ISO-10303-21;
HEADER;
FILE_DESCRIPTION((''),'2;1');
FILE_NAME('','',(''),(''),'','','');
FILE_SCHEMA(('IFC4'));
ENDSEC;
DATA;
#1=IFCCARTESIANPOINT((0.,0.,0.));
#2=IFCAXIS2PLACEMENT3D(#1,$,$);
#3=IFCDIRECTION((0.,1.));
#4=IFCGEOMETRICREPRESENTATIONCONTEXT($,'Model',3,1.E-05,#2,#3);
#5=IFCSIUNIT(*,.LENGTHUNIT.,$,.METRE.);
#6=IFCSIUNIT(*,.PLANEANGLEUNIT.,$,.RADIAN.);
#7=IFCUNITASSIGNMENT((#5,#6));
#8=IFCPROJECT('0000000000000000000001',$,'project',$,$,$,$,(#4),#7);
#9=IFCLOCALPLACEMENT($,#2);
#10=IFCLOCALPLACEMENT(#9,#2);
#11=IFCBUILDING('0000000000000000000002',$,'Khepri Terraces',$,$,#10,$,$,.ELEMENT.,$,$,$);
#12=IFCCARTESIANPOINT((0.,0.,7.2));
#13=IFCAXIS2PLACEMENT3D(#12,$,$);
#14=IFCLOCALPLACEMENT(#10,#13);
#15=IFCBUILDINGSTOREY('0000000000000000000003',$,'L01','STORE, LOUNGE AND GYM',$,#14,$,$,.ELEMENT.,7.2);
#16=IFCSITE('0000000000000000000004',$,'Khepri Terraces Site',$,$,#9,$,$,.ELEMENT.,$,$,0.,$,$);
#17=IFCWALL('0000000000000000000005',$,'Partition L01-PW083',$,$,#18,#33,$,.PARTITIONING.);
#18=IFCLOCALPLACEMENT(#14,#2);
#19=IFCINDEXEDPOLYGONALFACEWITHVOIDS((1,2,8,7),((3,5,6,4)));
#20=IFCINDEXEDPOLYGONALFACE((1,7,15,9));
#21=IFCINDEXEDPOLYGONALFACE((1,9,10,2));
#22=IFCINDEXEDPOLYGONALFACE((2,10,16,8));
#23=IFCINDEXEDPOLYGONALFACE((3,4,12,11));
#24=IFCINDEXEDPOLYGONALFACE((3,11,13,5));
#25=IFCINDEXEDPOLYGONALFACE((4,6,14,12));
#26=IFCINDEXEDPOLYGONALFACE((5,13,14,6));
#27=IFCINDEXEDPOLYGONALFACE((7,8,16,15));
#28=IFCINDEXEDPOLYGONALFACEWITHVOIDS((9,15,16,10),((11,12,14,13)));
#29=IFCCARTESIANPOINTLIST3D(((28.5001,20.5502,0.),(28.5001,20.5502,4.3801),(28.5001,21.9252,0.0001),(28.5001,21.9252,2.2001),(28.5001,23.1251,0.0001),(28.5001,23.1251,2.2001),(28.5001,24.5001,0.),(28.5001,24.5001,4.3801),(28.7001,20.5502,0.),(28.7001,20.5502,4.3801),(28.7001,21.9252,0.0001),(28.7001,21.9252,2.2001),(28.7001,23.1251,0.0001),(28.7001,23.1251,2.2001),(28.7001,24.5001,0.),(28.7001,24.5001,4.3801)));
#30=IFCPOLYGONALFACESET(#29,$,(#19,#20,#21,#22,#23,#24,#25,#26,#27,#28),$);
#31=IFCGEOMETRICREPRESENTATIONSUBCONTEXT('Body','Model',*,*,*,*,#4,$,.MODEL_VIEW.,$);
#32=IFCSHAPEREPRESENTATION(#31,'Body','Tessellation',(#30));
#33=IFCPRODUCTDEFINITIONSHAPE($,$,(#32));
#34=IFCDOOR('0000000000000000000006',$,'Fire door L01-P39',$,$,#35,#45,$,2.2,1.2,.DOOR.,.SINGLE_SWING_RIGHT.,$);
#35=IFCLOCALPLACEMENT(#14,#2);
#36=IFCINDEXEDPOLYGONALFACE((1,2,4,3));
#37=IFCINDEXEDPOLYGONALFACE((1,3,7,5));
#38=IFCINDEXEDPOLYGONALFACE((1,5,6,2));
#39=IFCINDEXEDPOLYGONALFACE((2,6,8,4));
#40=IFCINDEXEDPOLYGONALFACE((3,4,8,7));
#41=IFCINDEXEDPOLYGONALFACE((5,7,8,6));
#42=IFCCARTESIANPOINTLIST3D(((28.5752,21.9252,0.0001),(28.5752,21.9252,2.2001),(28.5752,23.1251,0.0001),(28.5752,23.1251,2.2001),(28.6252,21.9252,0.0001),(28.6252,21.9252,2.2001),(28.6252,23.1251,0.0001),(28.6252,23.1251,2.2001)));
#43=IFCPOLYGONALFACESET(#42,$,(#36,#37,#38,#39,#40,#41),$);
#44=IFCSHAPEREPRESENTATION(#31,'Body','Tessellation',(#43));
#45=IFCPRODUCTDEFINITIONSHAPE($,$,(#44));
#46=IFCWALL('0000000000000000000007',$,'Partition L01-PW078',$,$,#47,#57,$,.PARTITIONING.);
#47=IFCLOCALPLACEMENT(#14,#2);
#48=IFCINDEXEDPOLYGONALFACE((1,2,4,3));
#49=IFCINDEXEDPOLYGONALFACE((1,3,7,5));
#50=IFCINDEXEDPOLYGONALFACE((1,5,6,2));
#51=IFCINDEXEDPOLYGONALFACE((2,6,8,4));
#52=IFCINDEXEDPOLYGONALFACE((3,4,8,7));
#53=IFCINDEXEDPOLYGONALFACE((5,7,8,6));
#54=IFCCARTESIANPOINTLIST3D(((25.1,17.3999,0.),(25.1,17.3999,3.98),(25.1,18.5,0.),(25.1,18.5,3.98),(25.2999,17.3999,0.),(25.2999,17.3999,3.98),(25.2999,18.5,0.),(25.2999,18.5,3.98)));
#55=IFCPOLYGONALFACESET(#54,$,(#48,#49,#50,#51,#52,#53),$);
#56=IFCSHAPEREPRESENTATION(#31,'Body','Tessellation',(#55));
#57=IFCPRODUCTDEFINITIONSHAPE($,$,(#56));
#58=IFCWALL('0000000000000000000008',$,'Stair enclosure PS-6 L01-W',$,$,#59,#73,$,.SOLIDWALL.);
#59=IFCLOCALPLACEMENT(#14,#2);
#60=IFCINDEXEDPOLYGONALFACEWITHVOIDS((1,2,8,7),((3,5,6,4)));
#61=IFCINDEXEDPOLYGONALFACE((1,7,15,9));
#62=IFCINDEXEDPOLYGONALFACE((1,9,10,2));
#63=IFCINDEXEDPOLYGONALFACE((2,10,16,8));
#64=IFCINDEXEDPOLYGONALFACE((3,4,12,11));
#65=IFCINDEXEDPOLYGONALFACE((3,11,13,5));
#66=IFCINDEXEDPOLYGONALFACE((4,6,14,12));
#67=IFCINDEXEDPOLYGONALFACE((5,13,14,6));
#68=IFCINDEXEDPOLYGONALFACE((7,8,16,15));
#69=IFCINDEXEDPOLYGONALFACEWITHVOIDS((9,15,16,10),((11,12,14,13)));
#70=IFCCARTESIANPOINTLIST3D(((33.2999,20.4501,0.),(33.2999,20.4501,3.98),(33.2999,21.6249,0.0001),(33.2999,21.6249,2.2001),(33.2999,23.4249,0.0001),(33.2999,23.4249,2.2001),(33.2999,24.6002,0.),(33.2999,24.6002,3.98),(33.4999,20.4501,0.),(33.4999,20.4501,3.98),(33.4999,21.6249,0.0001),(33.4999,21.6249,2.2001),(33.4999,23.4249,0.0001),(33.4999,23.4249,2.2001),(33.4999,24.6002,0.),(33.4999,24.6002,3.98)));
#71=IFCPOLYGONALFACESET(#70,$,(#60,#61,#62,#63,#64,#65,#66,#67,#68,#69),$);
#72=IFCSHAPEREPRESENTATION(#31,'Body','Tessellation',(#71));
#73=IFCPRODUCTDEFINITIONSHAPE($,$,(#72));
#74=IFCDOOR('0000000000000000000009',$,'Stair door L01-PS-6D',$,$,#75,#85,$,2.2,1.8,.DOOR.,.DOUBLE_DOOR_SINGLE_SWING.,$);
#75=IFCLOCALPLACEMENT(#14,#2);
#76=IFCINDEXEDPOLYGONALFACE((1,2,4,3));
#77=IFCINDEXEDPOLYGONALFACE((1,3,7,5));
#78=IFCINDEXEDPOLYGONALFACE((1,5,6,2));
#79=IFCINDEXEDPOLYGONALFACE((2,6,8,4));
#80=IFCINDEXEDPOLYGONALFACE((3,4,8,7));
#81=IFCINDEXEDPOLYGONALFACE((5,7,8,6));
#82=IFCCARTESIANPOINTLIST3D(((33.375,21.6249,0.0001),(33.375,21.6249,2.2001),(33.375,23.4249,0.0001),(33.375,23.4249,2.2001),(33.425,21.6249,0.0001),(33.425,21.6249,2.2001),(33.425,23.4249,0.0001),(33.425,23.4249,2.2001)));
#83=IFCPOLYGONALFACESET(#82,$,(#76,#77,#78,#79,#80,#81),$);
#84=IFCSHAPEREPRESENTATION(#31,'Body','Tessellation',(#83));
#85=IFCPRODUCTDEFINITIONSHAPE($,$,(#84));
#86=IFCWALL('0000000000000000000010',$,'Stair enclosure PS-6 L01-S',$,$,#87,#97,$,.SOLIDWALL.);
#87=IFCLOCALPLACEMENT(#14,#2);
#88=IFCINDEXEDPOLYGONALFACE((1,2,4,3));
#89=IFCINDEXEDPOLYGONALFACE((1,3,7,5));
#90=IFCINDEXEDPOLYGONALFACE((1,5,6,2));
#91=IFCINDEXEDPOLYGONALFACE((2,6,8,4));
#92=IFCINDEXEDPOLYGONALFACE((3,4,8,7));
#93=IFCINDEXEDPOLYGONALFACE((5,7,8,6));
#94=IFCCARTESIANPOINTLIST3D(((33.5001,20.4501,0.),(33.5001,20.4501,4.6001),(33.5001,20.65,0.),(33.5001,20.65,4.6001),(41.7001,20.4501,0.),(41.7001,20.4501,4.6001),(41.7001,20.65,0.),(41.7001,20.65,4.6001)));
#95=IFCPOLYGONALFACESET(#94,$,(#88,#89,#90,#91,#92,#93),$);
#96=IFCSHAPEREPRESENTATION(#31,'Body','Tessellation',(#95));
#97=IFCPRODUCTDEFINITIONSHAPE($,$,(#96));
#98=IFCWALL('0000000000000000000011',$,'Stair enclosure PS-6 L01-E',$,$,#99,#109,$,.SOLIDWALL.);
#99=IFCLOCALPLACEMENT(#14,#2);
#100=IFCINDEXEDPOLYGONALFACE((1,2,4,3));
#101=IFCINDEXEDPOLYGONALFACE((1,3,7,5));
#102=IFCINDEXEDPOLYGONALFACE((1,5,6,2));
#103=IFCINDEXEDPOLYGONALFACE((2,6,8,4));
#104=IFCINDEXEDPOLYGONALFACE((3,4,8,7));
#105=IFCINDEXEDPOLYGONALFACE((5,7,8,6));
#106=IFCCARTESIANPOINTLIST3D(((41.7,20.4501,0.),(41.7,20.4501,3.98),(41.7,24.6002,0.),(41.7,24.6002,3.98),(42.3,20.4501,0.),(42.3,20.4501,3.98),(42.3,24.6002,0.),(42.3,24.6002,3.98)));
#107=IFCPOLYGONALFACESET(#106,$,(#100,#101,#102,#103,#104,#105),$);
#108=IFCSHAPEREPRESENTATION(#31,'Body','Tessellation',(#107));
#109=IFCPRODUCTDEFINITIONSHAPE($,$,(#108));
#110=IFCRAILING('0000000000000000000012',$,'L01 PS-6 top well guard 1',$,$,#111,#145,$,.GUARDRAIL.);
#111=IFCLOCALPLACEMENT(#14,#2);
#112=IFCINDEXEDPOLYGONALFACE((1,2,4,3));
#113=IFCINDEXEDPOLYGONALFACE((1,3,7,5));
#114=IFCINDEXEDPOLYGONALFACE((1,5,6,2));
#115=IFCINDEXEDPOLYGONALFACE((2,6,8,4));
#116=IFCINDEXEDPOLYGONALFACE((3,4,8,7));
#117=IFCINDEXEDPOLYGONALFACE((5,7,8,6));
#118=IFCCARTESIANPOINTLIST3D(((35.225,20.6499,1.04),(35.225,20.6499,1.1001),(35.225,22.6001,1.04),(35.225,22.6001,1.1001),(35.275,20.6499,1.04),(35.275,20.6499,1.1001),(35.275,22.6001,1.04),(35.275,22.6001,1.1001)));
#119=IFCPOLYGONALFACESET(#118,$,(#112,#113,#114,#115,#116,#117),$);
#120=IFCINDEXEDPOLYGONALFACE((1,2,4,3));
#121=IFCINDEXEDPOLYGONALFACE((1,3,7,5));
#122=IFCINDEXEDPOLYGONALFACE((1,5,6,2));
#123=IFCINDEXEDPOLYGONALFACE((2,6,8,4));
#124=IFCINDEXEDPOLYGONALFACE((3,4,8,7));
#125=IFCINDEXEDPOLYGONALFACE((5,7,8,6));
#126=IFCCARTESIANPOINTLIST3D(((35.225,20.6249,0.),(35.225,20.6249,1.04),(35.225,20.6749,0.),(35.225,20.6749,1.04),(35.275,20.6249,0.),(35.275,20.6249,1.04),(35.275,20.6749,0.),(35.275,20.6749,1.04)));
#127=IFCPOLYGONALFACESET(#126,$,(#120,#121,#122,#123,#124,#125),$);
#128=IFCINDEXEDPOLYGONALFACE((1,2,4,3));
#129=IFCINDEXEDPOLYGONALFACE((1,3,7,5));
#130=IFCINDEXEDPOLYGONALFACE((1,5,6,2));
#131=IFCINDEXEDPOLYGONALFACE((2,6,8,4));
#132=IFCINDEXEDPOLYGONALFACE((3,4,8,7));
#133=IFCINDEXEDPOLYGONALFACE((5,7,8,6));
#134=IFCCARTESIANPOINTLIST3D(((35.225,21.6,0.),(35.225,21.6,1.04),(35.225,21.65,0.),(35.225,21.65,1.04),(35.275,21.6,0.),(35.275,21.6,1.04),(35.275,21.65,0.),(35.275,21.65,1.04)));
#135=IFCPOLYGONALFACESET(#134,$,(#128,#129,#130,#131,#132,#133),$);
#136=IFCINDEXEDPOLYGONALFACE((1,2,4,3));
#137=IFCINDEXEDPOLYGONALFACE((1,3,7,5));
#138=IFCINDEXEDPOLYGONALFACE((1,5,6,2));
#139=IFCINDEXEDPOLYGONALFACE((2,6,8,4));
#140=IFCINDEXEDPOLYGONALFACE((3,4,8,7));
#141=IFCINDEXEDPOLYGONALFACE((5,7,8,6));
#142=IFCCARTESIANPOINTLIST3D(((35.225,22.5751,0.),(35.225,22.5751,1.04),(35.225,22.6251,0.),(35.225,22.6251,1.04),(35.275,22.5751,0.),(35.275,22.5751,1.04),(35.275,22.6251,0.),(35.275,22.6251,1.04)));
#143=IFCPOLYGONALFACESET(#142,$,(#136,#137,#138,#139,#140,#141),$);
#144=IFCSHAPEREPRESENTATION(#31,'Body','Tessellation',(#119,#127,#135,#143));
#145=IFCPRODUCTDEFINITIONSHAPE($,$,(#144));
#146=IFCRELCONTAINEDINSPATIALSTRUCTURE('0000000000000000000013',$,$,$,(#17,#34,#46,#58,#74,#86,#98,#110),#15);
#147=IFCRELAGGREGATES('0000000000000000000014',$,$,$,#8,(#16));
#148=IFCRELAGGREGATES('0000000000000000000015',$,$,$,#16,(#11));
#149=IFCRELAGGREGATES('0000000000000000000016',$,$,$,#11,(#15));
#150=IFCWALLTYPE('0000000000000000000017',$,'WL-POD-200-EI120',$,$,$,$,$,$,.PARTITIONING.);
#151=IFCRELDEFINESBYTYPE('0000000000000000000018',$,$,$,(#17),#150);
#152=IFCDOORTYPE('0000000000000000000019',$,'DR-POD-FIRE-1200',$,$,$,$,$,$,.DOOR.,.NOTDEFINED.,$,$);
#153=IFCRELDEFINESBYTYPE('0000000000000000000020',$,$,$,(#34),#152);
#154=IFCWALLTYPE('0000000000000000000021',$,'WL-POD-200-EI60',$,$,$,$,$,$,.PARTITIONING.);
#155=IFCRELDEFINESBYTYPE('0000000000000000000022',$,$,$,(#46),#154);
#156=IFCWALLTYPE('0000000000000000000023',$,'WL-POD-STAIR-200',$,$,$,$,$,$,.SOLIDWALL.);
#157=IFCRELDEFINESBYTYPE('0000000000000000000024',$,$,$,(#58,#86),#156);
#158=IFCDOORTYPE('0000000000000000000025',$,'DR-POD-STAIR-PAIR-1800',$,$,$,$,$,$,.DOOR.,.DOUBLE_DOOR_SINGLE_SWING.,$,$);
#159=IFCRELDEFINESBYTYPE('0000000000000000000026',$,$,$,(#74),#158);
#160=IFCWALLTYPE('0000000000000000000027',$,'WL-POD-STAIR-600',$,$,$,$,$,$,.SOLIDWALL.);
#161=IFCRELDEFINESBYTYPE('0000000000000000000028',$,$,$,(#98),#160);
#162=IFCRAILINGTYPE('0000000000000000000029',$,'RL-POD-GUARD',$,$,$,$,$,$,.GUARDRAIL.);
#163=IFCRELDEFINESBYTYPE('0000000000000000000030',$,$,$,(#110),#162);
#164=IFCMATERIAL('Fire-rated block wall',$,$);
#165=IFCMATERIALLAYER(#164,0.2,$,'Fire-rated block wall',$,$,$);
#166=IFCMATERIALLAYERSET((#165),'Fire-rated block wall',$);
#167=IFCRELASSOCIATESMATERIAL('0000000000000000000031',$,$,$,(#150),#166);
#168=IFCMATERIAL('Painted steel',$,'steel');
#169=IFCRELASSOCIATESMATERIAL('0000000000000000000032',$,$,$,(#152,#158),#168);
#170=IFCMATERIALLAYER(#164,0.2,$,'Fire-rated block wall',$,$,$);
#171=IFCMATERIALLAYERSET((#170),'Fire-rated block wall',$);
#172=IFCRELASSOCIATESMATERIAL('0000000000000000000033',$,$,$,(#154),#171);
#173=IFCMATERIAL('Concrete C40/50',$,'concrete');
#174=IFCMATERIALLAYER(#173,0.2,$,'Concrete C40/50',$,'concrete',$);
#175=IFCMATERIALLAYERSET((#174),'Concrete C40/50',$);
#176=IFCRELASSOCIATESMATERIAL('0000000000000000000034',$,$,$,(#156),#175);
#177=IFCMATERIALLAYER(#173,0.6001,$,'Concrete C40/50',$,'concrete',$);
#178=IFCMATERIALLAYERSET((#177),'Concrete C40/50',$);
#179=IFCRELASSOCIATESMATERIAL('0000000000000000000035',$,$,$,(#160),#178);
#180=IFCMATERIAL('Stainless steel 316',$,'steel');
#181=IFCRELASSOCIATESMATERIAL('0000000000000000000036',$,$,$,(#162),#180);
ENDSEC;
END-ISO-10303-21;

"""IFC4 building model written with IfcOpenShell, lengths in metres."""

from ifc_helpers import new_model, si_unit, direction, frame, frame_2d, origin, origin_2d, place, context, subcontext, project, spatial, rectangle, extrude, material, layer, layer_set, type_object, element, fill, save


model = new_model("IFC4")

# Units and contexts
model_context = context("Model", 3, precision=1e-05, world=origin(), true_north=direction((0.0, 1.0)))
body_context = subcontext(model_context, "Body", "Model", "MODEL_VIEW")
ifc_project = project(units=[si_unit("LENGTHUNIT", "METRE"), si_unit("PLANEANGLEUNIT", "RADIAN")], contexts=[model_context])

# Site, building, storey
site_placement = place(None, origin())
site = spatial("IfcSite", under=ifc_project, at=site_placement, Name="Khepri Terraces Site", CompositionType="ELEMENT", RefElevation=0.0)
building_placement = place(site_placement, origin())
building = spatial("IfcBuilding", under=site, at=building_placement, Name="Khepri Terraces", CompositionType="ELEMENT")
storey_placement = place(building_placement, frame((0.0, 0.0, 7.2)))
storey = spatial("IfcBuildingStorey", under=building, at=storey_placement, Name="L01", Description="STORE, LOUNGE AND GYM", CompositionType="ELEMENT", Elevation=7.2)

# Shared definitions
ifc_material_1 = material(Name="Fire-rated block wall")
ifc_layer_1 = layer(ifc_material_1, 0.2, Name="Fire-rated block wall")
ifc_layer_set_1 = layer_set([ifc_layer_1], Name="Fire-rated block wall")
wall_type_1 = type_object("IfcWallType", Name="WL-POD-200-EI120", PredefinedType="PARTITIONING", material=ifc_layer_set_1)

# Wall, opening, door
wall_1_placement = place(storey_placement, frame((28.6001, 20.55, 0.0), z_axis=(0.0, 0.0, 1.0), x_axis=(0.0, 1.0, 0.0)))
wall_1 = element("IfcWall", 1, at=wall_1_placement, inside=storey, type_object=wall_type_1, Name="Partition L01-PW083", PredefinedType="PARTITIONING", context=body_context, shape_type="SweptSolid", body=[
    extrude(rectangle(XDim=3.95, YDim=0.2, at=frame_2d((1.9751, 0.0))), origin(), (0.0, 0.0, 1.0), 4.3801),
])
opening_1_placement = place(wall_1_placement, frame((1.375, 0.0, 0.0)))
opening_1 = element("IfcOpeningElement", 2, at=opening_1_placement, cuts=wall_1, PredefinedType="OPENING", context=body_context, shape_type="SweptSolid", body=[
    extrude(rectangle(XDim=1.2, YDim=2.2, at=frame_2d((0.6001, 1.1001))), frame((0.0, 0.1099, 0.0), z_axis=(0.0, -1.0, 0.0), x_axis=(1.0, 0.0, 0.0)), (0.0, 0.0, 1.0), 0.22),
])
ifc_material_2 = material(Name="Painted steel", Category="steel")
door_type_1 = type_object("IfcDoorType", Name="DR-POD-FIRE-1200", OperationType="NOTDEFINED", PredefinedType="DOOR", material=ifc_material_2)
door_1_placement = place(opening_1_placement, origin())
door_1 = element("IfcDoor", 3, at=door_1_placement, inside=storey, type_object=door_type_1, Name="Fire door L01-P39", OperationType="SINGLE_SWING_RIGHT", OverallHeight=2.2, OverallWidth=1.2, PredefinedType="DOOR", context=body_context, shape_type="SweptSolid", body=[
    extrude(rectangle(XDim=1.2, YDim=2.2, at=frame_2d((0.6001, 1.1001))), frame((0.0, 0.0249, 0.0), z_axis=(0.0, -1.0, 0.0), x_axis=(1.0, 0.0, 0.0)), (0.0, 0.0, 1.0), 0.05),
])
fill(opening_1, door_1)

# Wall
ifc_layer_2 = layer(ifc_material_1, 0.2, Name="Fire-rated block wall")
ifc_layer_set_2 = layer_set([ifc_layer_2], Name="Fire-rated block wall")
wall_type_2 = type_object("IfcWallType", Name="WL-POD-200-EI60", PredefinedType="PARTITIONING", material=ifc_layer_set_2)
wall_2_placement = place(storey_placement, frame((25.2, 17.3999, 0.0), z_axis=(0.0, 0.0, 1.0), x_axis=(0.0, 1.0, 0.0)))
element("IfcWall", 4, at=wall_2_placement, inside=storey, type_object=wall_type_2, Name="Partition L01-PW078", PredefinedType="PARTITIONING", context=body_context, shape_type="SweptSolid", body=[
    extrude(rectangle(XDim=1.1001, YDim=0.2, at=frame_2d((0.55, 0.0))), origin(), (0.0, 0.0, 1.0), 3.98),
])

# Wall, opening, door
ifc_material_3 = material(Name="Concrete C40/50", Category="concrete")
ifc_layer_3 = layer(ifc_material_3, 0.2, Name="Concrete C40/50", Category="concrete")
ifc_layer_set_3 = layer_set([ifc_layer_3], Name="Concrete C40/50")
wall_type_3 = type_object("IfcWallType", Name="WL-POD-STAIR-200", PredefinedType="SOLIDWALL", material=ifc_layer_set_3)
wall_3_placement = place(storey_placement, frame((33.3999, 20.45, 0.0), z_axis=(0.0, 0.0, 1.0), x_axis=(0.0, 1.0, 0.0)))
wall_3 = element("IfcWall", 5, at=wall_3_placement, inside=storey, type_object=wall_type_3, Name="Stair enclosure PS-6 L01-W", PredefinedType="SOLIDWALL", context=body_context, shape_type="SweptSolid", body=[
    extrude(rectangle(XDim=4.1501, YDim=0.2, at=frame_2d((2.0752, 0.0))), origin(), (0.0, 0.0, 1.0), 3.98),
])
opening_2_placement = place(wall_3_placement, frame((1.175, 0.0, 0.0)))
opening_2 = element("IfcOpeningElement", 6, at=opening_2_placement, cuts=wall_3, PredefinedType="OPENING", context=body_context, shape_type="SweptSolid", body=[
    extrude(rectangle(XDim=1.8, YDim=2.2, at=frame_2d((0.8999, 1.1001))), frame((0.0, 0.1099, 0.0), z_axis=(0.0, -1.0, 0.0), x_axis=(1.0, 0.0, 0.0)), (0.0, 0.0, 1.0), 0.22),
])
door_type_2 = type_object("IfcDoorType", Name="DR-POD-STAIR-PAIR-1800", OperationType="DOUBLE_DOOR_SINGLE_SWING", PredefinedType="DOOR", material=ifc_material_2)
door_2_placement = place(opening_2_placement, origin())
door_2 = element("IfcDoor", 7, at=door_2_placement, inside=storey, type_object=door_type_2, Name="Stair door L01-PS-6D", OperationType="DOUBLE_DOOR_SINGLE_SWING", OverallHeight=2.2, OverallWidth=1.8, PredefinedType="DOOR", context=body_context, shape_type="SweptSolid", body=[
    extrude(rectangle(XDim=1.8, YDim=2.2, at=frame_2d((0.8999, 1.1001))), frame((0.0, 0.0249, 0.0), z_axis=(0.0, -1.0, 0.0), x_axis=(1.0, 0.0, 0.0)), (0.0, 0.0, 1.0), 0.05),
])
fill(opening_2, door_2)

# Walls
wall_4_placement = place(storey_placement, frame((33.5, 20.55, 0.0), z_axis=(0.0, 0.0, 1.0), x_axis=(1.0, 0.0, 0.0)))
element("IfcWall", 8, at=wall_4_placement, inside=storey, type_object=wall_type_3, Name="Stair enclosure PS-6 L01-S", PredefinedType="SOLIDWALL", context=body_context, shape_type="SweptSolid", body=[
    extrude(rectangle(XDim=8.2, YDim=0.2, at=frame_2d((4.1001, 0.0))), origin(), (0.0, 0.0, 1.0), 4.6001),
])
ifc_layer_4 = layer(ifc_material_3, 0.6001, Name="Concrete C40/50", Category="concrete")
ifc_layer_set_4 = layer_set([ifc_layer_4], Name="Concrete C40/50")
wall_type_4 = type_object("IfcWallType", Name="WL-POD-STAIR-600", PredefinedType="SOLIDWALL", material=ifc_layer_set_4)
wall_5_placement = place(storey_placement, frame((42.0, 20.45, 0.0), z_axis=(0.0, 0.0, 1.0), x_axis=(0.0, 1.0, 0.0)))
element("IfcWall", 9, at=wall_5_placement, inside=storey, type_object=wall_type_4, Name="Stair enclosure PS-6 L01-E", PredefinedType="SOLIDWALL", context=body_context, shape_type="SweptSolid", body=[
    extrude(rectangle(XDim=4.1501, YDim=0.6001, at=frame_2d((2.0752, 0.0))), origin(), (0.0, 0.0, 1.0), 3.98),
])

# Railing
ifc_material_4 = material(Name="Stainless steel 316", Category="steel")
railing_type = type_object("IfcRailingType", Name="RL-POD-GUARD", PredefinedType="GUARDRAIL", material=ifc_material_4)
railing_placement = place(storey_placement, frame((35.25, 20.6499, 0.0)))
element("IfcRailing", 10, at=railing_placement, inside=storey, type_object=railing_type, Name="L01 PS-6 top well guard 1", PredefinedType="GUARDRAIL", context=body_context, shape_type="SweptSolid", body=[
    extrude(rectangle(XDim=0.05, YDim=0.0601, at=origin_2d()), frame((0.0, 0.0, 1.0701), z_axis=(0.0, 1.0, 0.0), x_axis=(-1.0, 0.0, 0.0)), (0.0, 0.0, 1.0), 1.9502),
    extrude(rectangle(XDim=0.05, YDim=0.05, at=origin_2d()), origin(), (0.0, 0.0, 1.0), 1.04),
    extrude(rectangle(XDim=0.05, YDim=0.05, at=origin_2d()), frame((0.0, 0.9751, 0.0)), (0.0, 0.0, 1.0), 1.04),
    extrude(rectangle(XDim=0.05, YDim=0.05, at=origin_2d()), frame((0.0, 1.9502, 0.0)), (0.0, 0.0, 1.0), 1.04),
])

save(model, "model.ifc")
